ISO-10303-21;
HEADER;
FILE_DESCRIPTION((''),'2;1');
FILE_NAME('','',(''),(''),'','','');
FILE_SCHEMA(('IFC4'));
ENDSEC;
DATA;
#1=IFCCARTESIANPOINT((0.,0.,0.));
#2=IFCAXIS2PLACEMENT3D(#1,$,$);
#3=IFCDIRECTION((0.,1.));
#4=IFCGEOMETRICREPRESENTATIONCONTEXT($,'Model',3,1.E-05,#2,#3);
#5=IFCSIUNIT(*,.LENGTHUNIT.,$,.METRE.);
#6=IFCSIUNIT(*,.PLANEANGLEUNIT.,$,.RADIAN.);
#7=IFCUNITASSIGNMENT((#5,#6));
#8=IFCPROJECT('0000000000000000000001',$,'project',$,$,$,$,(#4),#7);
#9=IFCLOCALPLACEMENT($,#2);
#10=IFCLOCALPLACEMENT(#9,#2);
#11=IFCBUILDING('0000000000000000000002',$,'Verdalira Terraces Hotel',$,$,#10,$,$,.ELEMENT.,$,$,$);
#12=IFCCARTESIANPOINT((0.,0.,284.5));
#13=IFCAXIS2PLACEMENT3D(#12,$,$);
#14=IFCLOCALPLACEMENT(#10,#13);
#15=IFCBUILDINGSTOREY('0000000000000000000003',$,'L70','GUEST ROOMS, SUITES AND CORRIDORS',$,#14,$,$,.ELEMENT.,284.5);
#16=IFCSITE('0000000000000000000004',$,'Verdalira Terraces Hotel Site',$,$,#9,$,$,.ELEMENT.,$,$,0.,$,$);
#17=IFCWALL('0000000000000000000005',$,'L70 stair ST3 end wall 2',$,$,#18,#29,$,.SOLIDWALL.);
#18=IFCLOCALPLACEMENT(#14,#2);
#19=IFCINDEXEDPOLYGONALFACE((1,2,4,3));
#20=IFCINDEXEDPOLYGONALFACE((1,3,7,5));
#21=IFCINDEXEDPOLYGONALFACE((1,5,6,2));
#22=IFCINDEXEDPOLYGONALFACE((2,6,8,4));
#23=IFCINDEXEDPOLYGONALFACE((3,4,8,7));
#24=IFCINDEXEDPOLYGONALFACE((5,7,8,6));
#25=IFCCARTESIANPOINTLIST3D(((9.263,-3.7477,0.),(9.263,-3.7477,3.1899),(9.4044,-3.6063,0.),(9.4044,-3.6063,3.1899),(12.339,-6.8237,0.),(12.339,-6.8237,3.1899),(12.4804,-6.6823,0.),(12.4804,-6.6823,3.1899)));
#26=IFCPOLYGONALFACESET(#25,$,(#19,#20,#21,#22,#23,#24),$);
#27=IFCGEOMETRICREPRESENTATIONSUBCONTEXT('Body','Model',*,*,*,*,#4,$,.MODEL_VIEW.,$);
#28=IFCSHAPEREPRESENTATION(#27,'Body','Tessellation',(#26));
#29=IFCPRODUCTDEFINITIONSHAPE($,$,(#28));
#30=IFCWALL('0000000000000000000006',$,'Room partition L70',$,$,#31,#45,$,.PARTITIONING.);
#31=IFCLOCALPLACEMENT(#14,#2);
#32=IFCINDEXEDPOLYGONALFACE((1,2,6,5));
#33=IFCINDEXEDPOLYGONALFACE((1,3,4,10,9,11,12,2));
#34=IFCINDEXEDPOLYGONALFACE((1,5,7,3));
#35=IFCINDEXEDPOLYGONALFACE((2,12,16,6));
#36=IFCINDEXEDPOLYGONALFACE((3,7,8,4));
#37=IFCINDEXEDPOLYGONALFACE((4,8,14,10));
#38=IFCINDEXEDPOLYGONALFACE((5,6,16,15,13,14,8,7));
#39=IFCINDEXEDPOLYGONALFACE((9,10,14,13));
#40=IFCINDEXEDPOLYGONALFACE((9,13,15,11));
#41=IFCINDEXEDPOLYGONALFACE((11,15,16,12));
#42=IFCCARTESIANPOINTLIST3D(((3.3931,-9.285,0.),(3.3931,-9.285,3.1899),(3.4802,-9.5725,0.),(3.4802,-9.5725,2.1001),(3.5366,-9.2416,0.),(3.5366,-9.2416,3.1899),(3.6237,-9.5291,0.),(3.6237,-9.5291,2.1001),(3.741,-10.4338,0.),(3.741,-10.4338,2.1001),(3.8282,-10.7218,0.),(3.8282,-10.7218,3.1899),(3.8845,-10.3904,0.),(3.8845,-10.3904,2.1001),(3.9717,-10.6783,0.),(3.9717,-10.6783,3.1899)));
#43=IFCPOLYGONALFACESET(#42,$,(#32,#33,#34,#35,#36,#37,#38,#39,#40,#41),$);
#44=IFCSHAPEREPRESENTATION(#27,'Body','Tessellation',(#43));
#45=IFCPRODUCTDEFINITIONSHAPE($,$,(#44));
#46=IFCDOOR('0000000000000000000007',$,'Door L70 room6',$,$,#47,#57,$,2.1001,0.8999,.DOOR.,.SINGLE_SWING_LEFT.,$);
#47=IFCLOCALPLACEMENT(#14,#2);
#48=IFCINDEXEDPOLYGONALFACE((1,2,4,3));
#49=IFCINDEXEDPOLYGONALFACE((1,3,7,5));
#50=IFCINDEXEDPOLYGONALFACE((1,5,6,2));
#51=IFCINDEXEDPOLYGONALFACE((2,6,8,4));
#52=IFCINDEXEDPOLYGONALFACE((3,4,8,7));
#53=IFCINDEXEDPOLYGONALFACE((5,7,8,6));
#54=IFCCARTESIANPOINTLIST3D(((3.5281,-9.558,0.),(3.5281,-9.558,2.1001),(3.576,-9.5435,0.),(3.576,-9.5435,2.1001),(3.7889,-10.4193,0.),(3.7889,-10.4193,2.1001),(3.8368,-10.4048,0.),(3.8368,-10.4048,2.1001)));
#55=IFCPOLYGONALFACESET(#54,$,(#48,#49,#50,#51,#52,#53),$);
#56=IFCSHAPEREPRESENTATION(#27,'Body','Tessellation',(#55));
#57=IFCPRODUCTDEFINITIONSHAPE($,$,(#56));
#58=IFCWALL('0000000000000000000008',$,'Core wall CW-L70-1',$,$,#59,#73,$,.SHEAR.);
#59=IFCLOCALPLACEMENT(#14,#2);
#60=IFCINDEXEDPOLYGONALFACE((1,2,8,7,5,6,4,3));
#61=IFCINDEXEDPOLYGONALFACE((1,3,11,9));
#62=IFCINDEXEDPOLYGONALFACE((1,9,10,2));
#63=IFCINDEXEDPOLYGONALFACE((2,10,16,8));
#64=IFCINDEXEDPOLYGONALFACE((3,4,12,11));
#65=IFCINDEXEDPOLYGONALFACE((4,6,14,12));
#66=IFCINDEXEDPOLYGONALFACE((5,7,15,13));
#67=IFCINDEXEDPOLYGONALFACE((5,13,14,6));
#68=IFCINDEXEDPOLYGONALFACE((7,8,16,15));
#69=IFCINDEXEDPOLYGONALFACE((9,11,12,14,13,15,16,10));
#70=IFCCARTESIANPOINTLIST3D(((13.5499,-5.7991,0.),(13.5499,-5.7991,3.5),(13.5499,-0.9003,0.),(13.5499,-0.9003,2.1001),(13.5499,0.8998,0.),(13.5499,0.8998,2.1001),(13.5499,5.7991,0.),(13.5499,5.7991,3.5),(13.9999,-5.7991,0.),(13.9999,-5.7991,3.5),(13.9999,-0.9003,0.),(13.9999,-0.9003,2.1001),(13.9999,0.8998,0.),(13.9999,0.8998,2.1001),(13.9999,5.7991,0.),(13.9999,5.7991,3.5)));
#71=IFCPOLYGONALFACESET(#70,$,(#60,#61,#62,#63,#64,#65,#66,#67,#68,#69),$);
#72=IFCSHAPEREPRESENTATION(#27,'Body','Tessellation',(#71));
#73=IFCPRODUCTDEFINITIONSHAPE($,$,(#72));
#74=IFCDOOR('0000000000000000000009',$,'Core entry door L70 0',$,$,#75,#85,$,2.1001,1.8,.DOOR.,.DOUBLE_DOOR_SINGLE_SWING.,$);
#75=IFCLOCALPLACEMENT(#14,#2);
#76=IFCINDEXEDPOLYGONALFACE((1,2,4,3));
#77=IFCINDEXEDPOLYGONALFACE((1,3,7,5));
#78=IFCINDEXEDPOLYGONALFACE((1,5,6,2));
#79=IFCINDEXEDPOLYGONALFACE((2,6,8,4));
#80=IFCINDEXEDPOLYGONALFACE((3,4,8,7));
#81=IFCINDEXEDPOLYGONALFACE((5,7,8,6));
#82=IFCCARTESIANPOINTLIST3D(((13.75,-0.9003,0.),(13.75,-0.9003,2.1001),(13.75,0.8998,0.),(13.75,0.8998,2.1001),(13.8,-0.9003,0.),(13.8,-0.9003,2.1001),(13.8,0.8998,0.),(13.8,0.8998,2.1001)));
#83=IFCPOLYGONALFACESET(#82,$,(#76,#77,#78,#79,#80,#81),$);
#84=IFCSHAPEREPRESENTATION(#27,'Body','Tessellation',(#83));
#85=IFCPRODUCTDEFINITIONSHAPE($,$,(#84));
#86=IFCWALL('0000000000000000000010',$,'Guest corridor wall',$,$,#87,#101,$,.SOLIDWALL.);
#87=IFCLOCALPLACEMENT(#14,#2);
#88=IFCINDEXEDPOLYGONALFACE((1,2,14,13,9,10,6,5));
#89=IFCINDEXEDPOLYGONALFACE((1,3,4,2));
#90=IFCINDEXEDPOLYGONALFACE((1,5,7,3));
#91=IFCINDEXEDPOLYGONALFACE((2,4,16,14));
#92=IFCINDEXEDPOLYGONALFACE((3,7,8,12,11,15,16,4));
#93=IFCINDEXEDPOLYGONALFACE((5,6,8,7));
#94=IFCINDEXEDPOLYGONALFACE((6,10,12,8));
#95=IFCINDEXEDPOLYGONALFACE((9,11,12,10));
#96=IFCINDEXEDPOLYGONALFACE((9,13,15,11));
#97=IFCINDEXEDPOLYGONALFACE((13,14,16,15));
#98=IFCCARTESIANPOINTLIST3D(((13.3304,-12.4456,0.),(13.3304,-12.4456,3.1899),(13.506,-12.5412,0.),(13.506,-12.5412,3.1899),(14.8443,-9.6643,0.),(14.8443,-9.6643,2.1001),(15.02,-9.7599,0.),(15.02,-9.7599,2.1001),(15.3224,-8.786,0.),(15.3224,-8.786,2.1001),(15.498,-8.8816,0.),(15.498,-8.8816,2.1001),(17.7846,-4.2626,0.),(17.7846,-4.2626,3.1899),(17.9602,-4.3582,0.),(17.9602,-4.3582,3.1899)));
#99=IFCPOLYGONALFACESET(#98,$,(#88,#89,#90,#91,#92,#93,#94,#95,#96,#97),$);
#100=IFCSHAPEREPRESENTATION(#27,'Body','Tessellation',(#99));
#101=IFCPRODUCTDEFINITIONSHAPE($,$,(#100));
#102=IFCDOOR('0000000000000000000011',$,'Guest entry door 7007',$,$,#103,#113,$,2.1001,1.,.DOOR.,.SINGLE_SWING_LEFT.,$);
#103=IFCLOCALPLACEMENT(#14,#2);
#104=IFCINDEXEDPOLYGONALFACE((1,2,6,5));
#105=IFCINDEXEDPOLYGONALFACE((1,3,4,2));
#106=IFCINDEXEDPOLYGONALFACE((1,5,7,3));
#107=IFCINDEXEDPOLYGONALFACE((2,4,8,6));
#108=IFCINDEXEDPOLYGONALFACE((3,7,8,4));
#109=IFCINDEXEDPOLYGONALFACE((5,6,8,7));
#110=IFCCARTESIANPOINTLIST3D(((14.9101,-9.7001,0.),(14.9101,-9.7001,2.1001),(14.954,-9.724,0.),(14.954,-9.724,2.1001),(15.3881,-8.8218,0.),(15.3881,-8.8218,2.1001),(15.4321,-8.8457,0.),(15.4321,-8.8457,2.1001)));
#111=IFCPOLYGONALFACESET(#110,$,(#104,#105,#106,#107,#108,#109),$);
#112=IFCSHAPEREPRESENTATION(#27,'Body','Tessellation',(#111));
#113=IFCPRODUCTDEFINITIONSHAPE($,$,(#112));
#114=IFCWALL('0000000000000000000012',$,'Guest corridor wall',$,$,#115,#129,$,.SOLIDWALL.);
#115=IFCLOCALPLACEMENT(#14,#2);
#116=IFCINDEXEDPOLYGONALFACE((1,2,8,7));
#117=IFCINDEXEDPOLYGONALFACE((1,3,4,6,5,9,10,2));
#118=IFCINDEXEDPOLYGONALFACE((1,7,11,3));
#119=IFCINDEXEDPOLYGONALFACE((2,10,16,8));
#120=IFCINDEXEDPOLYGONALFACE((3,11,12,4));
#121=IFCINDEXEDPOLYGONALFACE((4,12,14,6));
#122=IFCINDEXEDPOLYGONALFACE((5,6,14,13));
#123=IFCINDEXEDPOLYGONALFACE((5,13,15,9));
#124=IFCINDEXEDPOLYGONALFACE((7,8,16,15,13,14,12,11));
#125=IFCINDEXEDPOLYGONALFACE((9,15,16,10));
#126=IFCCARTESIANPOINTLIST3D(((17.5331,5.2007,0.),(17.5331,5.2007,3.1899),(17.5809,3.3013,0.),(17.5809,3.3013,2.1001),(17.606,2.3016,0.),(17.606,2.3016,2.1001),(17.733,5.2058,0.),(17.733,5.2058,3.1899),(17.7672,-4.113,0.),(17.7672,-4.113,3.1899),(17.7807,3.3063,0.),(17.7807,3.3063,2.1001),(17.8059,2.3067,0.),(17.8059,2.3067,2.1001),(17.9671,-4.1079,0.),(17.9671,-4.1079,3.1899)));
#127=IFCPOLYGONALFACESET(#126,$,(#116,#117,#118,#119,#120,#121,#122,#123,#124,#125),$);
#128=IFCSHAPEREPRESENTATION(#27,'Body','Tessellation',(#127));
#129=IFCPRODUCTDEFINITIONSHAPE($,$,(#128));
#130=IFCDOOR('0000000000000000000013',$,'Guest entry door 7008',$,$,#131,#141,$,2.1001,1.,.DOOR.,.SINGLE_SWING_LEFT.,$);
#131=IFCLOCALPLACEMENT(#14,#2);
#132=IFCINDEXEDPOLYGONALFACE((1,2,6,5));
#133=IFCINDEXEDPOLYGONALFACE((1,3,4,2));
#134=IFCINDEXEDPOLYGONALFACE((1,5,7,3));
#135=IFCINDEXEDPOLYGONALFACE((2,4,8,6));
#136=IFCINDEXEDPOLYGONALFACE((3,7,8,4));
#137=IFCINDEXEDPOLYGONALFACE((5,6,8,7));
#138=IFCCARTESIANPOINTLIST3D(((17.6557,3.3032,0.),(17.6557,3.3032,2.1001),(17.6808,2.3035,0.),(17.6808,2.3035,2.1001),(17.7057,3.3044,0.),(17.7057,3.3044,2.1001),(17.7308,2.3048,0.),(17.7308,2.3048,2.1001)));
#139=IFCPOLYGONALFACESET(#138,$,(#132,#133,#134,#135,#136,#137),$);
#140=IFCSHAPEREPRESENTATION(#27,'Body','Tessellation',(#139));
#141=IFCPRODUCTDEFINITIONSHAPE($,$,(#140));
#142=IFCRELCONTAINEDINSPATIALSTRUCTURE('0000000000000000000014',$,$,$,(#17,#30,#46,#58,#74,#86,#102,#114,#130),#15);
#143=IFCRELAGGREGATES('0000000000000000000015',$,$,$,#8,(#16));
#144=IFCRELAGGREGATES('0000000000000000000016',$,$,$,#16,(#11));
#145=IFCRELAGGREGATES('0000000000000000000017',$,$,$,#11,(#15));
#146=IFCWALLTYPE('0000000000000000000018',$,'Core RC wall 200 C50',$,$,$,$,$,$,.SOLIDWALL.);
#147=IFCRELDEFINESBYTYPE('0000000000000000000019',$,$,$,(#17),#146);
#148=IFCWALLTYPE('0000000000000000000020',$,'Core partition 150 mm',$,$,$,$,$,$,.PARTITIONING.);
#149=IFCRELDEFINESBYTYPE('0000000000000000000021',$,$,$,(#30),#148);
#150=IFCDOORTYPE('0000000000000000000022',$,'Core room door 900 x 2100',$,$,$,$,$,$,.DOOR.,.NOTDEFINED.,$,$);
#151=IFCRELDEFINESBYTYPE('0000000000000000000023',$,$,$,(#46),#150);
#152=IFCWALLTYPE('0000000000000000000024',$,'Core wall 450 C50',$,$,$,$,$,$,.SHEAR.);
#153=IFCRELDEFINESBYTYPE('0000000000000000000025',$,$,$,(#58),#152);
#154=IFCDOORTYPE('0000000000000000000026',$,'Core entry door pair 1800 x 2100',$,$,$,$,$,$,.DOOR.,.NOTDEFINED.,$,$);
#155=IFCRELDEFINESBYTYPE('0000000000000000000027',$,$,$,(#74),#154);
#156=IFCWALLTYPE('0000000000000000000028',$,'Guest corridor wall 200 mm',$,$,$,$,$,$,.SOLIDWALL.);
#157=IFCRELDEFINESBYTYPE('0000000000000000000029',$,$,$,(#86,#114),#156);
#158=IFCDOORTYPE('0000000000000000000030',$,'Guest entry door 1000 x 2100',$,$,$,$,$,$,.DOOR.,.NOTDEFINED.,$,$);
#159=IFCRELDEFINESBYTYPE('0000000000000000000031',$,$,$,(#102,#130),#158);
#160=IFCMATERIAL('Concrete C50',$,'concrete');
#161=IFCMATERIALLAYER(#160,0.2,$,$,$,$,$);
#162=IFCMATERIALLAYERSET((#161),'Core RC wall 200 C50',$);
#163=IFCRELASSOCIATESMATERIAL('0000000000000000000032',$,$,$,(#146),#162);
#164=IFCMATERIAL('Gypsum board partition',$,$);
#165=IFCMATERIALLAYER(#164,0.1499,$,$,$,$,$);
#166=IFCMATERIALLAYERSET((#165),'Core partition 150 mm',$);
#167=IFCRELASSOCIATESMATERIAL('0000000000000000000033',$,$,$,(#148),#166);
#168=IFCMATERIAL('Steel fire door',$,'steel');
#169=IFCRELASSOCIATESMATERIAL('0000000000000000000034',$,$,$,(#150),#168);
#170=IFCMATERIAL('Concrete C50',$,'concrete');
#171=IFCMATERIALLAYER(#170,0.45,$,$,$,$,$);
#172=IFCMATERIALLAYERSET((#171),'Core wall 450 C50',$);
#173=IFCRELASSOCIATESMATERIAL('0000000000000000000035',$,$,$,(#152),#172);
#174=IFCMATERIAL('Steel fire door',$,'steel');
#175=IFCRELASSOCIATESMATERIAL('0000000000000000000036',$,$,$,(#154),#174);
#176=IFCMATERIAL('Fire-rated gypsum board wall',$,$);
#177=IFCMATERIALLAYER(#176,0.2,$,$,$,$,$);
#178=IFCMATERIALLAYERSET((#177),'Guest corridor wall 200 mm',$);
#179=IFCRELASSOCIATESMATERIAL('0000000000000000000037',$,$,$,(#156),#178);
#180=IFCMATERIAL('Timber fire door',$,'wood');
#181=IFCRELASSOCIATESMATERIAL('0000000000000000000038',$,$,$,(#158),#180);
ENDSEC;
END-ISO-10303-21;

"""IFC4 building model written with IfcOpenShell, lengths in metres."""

from ifc_helpers import new_model, si_unit, direction, frame, frame_2d, origin, place, context, subcontext, project, spatial, rectangle, extrude, material, layer, layer_set, type_object, element, fill, save


model = new_model("IFC4")

# Units and contexts
model_context = context("Model", 3, precision=1e-05, world=origin(), true_north=direction((0.0, 1.0)))
body_context = subcontext(model_context, "Body", "Model", "MODEL_VIEW")
ifc_project = project(units=[si_unit("LENGTHUNIT", "METRE"), si_unit("PLANEANGLEUNIT", "RADIAN")], contexts=[model_context])

# Site, building, storey
site_placement = place(None, origin())
site = spatial("IfcSite", under=ifc_project, at=site_placement, Name="Verdalira Terraces Hotel Site", CompositionType="ELEMENT", RefElevation=0.0)
building_placement = place(site_placement, origin())
building = spatial("IfcBuilding", under=site, at=building_placement, Name="Verdalira Terraces Hotel", CompositionType="ELEMENT")
storey_placement = place(building_placement, frame((0.0, 0.0, 284.5)))
storey = spatial("IfcBuildingStorey", under=building, at=storey_placement, Name="L70", Description="GUEST ROOMS, SUITES AND CORRIDORS", CompositionType="ELEMENT", Elevation=284.5)

# Shared definitions
ifc_material_1 = material(Name="Concrete C50", Category="concrete")
ifc_layer_1 = layer(ifc_material_1, 0.2)
ifc_layer_set_1 = layer_set([ifc_layer_1], Name="Core RC wall 200 C50")
wall_type_1 = type_object("IfcWallType", Name="Core RC wall 200 C50", PredefinedType="SOLIDWALL", material=ifc_layer_set_1)

# Wall
wall_1_placement = place(storey_placement, frame((9.3337, -3.677, 0.0), z_axis=(0.0, 0.0, 1.0), x_axis=(0.707107, -0.707107, 0.0)))
element("IfcWall", 1, at=wall_1_placement, inside=storey, type_object=wall_type_1, Name="L70 stair ST3 end wall 2", PredefinedType="SOLIDWALL", context=body_context, shape_type="SweptSolid", body=[
    extrude(rectangle(XDim=4.3501, YDim=0.2, at=frame_2d((2.175, 0.0))), origin(), (0.0, 0.0, 1.0), 3.1899),
])

# Walls, openings, doors
ifc_material_2 = material(Name="Gypsum board partition")
ifc_layer_2 = layer(ifc_material_2, 0.1499)
ifc_layer_set_2 = layer_set([ifc_layer_2], Name="Core partition 150 mm")
wall_type_2 = type_object("IfcWallType", Name="Core partition 150 mm", PredefinedType="PARTITIONING", material=ifc_layer_set_2)
wall_2_placement = place(storey_placement, frame((3.8999, -10.7, 0.0), z_axis=(0.0, 0.0, 1.0), x_axis=(-0.289809, 0.957085, 0.0)))
wall_2 = element("IfcWall", 2, at=wall_2_placement, inside=storey, type_object=wall_type_2, Name="Room partition L70", PredefinedType="PARTITIONING", context=body_context, shape_type="SweptSolid", body=[
    extrude(rectangle(XDim=1.5012, YDim=0.1499, at=frame_2d((0.7505, 0.0))), origin(), (0.0, 0.0, 1.0), 3.1899),
])
opening_1_placement = place(wall_2_placement, frame((0.3008, 0.0, 0.0)))
opening_1 = element("IfcOpeningElement", 3, at=opening_1_placement, cuts=wall_2, PredefinedType="OPENING", context=body_context, shape_type="SweptSolid", body=[
    extrude(rectangle(XDim=0.8999, YDim=2.1001, at=frame_2d((0.45, 1.05))), frame((0.0, 0.085, 0.0), z_axis=(0.0, -1.0, 0.0), x_axis=(1.0, 0.0, 0.0)), (0.0, 0.0, 1.0), 0.1699),
])
ifc_material_3 = material(Name="Steel fire door", Category="steel")
door_type_1 = type_object("IfcDoorType", Name="Core room door 900 x 2100", OperationType="NOTDEFINED", PredefinedType="DOOR", material=ifc_material_3)
door_1_placement = place(opening_1_placement, origin())
door_1 = element("IfcDoor", 4, at=door_1_placement, inside=storey, type_object=door_type_1, Name="Door L70 room6", OperationType="SINGLE_SWING_LEFT", OverallHeight=2.1001, OverallWidth=0.8999, PredefinedType="DOOR", context=body_context, shape_type="SweptSolid", body=[
    extrude(rectangle(XDim=0.8999, YDim=2.1001, at=frame_2d((0.45, 1.05))), frame((0.0, 0.0249, 0.0), z_axis=(0.0, -1.0, 0.0), x_axis=(1.0, 0.0, 0.0)), (0.0, 0.0, 1.0), 0.05),
])
fill(opening_1, door_1)
ifc_material_4 = material(Name="Concrete C50", Category="concrete")
ifc_layer_3 = layer(ifc_material_4, 0.45)
ifc_layer_set_3 = layer_set([ifc_layer_3], Name="Core wall 450 C50")
wall_type_3 = type_object("IfcWallType", Name="Core wall 450 C50", PredefinedType="SHEAR", material=ifc_layer_set_3)
wall_3_placement = place(storey_placement, frame((13.7749, -5.7991, 0.0), z_axis=(0.0, 0.0, 1.0), x_axis=(0.0, 1.0, 0.0)))
wall_3 = element("IfcWall", 5, at=wall_3_placement, inside=storey, type_object=wall_type_3, Name="Core wall CW-L70-1", PredefinedType="SHEAR", context=body_context, shape_type="SweptSolid", body=[
    extrude(rectangle(XDim=11.5981, YDim=0.45, at=frame_2d((5.7991, 0.0))), origin(), (0.0, 0.0, 1.0), 3.5),
])
opening_2_placement = place(wall_3_placement, frame((4.8989, 0.0, 0.0)))
opening_2 = element("IfcOpeningElement", 6, at=opening_2_placement, cuts=wall_3, PredefinedType="OPENING", context=body_context, shape_type="SweptSolid", body=[
    extrude(rectangle(XDim=1.8, YDim=2.1001, at=frame_2d((0.8999, 1.05))), frame((0.0, 0.2349, 0.0), z_axis=(0.0, -1.0, 0.0), x_axis=(1.0, 0.0, 0.0)), (0.0, 0.0, 1.0), 0.47),
])
ifc_material_5 = material(Name="Steel fire door", Category="steel")
door_type_2 = type_object("IfcDoorType", Name="Core entry door pair 1800 x 2100", OperationType="NOTDEFINED", PredefinedType="DOOR", material=ifc_material_5)
door_2_placement = place(opening_2_placement, origin())
door_2 = element("IfcDoor", 7, at=door_2_placement, inside=storey, type_object=door_type_2, Name="Core entry door L70 0", OperationType="DOUBLE_DOOR_SINGLE_SWING", OverallHeight=2.1001, OverallWidth=1.8, PredefinedType="DOOR", context=body_context, shape_type="SweptSolid", body=[
    extrude(rectangle(XDim=1.8, YDim=2.1001, at=frame_2d((0.8999, 1.05))), frame((0.0, 0.0249, 0.0), z_axis=(0.0, -1.0, 0.0), x_axis=(1.0, 0.0, 0.0)), (0.0, 0.0, 1.0), 0.05),
])
fill(opening_2, door_2)
ifc_material_6 = material(Name="Fire-rated gypsum board wall")
ifc_layer_4 = layer(ifc_material_6, 0.2)
ifc_layer_set_4 = layer_set([ifc_layer_4], Name="Guest corridor wall 200 mm")
wall_type_4 = type_object("IfcWallType", Name="Guest corridor wall 200 mm", PredefinedType="SOLIDWALL", material=ifc_layer_set_4)
wall_4_placement = place(storey_placement, frame((17.8723, -4.3105, 0.0), z_axis=(0.0, 0.0, 1.0), x_axis=(-0.478084, -0.878314, 0.0)))
wall_4 = element("IfcWall", 8, at=wall_4_placement, inside=storey, type_object=wall_type_4, Name="Guest corridor wall", PredefinedType="SOLIDWALL", context=body_context, shape_type="SweptSolid", body=[
    extrude(rectangle(XDim=9.3166, YDim=0.2, at=frame_2d((4.6582, 0.0))), origin(), (0.0, 0.0, 1.0), 3.1899),
])
opening_3_placement = place(wall_4_placement, frame((5.1499, 0.0, 0.0)))
opening_3 = element("IfcOpeningElement", 9, at=opening_3_placement, cuts=wall_4, PredefinedType="OPENING", context=body_context, shape_type="SweptSolid", body=[
    extrude(rectangle(XDim=1.0, YDim=2.1001, at=frame_2d((0.5, 1.05))), frame((0.0, 0.1099, 0.0), z_axis=(0.0, -1.0, 0.0), x_axis=(1.0, 0.0, 0.0)), (0.0, 0.0, 1.0), 0.22),
])
ifc_material_7 = material(Name="Timber fire door", Category="wood")
door_type_3 = type_object("IfcDoorType", Name="Guest entry door 1000 x 2100", OperationType="NOTDEFINED", PredefinedType="DOOR", material=ifc_material_7)
door_3_placement = place(opening_3_placement, origin())
door_3 = element("IfcDoor", 10, at=door_3_placement, inside=storey, type_object=door_type_3, Name="Guest entry door 7007", OperationType="SINGLE_SWING_LEFT", OverallHeight=2.1001, OverallWidth=1.0, PredefinedType="DOOR", context=body_context, shape_type="SweptSolid", body=[
    extrude(rectangle(XDim=1.0, YDim=2.1001, at=frame_2d((0.5, 1.05))), frame((0.0, 0.0249, 0.0), z_axis=(0.0, -1.0, 0.0), x_axis=(1.0, 0.0, 0.0)), (0.0, 0.0, 1.0), 0.05),
])
fill(opening_3, door_3)
wall_5_placement = place(storey_placement, frame((17.6331, 5.2031, 0.0), z_axis=(0.0, 0.0, 1.0), x_axis=(0.02513, -0.999684, 0.0)))
wall_5 = element("IfcWall", 11, at=wall_5_placement, inside=storey, type_object=wall_type_4, Name="Guest corridor wall", PredefinedType="SOLIDWALL", context=body_context, shape_type="SweptSolid", body=[
    extrude(rectangle(XDim=9.3166, YDim=0.2, at=frame_2d((4.6582, 0.0))), origin(), (0.0, 0.0, 1.0), 3.1899),
])
opening_4_placement = place(wall_5_placement, frame((1.8999, 0.0, 0.0)))
opening_4 = element("IfcOpeningElement", 12, at=opening_4_placement, cuts=wall_5, PredefinedType="OPENING", context=body_context, shape_type="SweptSolid", body=[
    extrude(rectangle(XDim=1.0, YDim=2.1001, at=frame_2d((0.5, 1.05))), frame((0.0, 0.1099, 0.0), z_axis=(0.0, -1.0, 0.0), x_axis=(1.0, 0.0, 0.0)), (0.0, 0.0, 1.0), 0.22),
])
door_4_placement = place(opening_4_placement, origin())
door_4 = element("IfcDoor", 13, at=door_4_placement, inside=storey, type_object=door_type_3, Name="Guest entry door 7008", OperationType="SINGLE_SWING_LEFT", OverallHeight=2.1001, OverallWidth=1.0, PredefinedType="DOOR", context=body_context, shape_type="SweptSolid", body=[
    extrude(rectangle(XDim=1.0, YDim=2.1001, at=frame_2d((0.5, 1.05))), frame((0.0, 0.0249, 0.0), z_axis=(0.0, -1.0, 0.0), x_axis=(1.0, 0.0, 0.0)), (0.0, 0.0, 1.0), 0.05),
])
fill(opening_4, door_4)

save(model, "model.ifc")
